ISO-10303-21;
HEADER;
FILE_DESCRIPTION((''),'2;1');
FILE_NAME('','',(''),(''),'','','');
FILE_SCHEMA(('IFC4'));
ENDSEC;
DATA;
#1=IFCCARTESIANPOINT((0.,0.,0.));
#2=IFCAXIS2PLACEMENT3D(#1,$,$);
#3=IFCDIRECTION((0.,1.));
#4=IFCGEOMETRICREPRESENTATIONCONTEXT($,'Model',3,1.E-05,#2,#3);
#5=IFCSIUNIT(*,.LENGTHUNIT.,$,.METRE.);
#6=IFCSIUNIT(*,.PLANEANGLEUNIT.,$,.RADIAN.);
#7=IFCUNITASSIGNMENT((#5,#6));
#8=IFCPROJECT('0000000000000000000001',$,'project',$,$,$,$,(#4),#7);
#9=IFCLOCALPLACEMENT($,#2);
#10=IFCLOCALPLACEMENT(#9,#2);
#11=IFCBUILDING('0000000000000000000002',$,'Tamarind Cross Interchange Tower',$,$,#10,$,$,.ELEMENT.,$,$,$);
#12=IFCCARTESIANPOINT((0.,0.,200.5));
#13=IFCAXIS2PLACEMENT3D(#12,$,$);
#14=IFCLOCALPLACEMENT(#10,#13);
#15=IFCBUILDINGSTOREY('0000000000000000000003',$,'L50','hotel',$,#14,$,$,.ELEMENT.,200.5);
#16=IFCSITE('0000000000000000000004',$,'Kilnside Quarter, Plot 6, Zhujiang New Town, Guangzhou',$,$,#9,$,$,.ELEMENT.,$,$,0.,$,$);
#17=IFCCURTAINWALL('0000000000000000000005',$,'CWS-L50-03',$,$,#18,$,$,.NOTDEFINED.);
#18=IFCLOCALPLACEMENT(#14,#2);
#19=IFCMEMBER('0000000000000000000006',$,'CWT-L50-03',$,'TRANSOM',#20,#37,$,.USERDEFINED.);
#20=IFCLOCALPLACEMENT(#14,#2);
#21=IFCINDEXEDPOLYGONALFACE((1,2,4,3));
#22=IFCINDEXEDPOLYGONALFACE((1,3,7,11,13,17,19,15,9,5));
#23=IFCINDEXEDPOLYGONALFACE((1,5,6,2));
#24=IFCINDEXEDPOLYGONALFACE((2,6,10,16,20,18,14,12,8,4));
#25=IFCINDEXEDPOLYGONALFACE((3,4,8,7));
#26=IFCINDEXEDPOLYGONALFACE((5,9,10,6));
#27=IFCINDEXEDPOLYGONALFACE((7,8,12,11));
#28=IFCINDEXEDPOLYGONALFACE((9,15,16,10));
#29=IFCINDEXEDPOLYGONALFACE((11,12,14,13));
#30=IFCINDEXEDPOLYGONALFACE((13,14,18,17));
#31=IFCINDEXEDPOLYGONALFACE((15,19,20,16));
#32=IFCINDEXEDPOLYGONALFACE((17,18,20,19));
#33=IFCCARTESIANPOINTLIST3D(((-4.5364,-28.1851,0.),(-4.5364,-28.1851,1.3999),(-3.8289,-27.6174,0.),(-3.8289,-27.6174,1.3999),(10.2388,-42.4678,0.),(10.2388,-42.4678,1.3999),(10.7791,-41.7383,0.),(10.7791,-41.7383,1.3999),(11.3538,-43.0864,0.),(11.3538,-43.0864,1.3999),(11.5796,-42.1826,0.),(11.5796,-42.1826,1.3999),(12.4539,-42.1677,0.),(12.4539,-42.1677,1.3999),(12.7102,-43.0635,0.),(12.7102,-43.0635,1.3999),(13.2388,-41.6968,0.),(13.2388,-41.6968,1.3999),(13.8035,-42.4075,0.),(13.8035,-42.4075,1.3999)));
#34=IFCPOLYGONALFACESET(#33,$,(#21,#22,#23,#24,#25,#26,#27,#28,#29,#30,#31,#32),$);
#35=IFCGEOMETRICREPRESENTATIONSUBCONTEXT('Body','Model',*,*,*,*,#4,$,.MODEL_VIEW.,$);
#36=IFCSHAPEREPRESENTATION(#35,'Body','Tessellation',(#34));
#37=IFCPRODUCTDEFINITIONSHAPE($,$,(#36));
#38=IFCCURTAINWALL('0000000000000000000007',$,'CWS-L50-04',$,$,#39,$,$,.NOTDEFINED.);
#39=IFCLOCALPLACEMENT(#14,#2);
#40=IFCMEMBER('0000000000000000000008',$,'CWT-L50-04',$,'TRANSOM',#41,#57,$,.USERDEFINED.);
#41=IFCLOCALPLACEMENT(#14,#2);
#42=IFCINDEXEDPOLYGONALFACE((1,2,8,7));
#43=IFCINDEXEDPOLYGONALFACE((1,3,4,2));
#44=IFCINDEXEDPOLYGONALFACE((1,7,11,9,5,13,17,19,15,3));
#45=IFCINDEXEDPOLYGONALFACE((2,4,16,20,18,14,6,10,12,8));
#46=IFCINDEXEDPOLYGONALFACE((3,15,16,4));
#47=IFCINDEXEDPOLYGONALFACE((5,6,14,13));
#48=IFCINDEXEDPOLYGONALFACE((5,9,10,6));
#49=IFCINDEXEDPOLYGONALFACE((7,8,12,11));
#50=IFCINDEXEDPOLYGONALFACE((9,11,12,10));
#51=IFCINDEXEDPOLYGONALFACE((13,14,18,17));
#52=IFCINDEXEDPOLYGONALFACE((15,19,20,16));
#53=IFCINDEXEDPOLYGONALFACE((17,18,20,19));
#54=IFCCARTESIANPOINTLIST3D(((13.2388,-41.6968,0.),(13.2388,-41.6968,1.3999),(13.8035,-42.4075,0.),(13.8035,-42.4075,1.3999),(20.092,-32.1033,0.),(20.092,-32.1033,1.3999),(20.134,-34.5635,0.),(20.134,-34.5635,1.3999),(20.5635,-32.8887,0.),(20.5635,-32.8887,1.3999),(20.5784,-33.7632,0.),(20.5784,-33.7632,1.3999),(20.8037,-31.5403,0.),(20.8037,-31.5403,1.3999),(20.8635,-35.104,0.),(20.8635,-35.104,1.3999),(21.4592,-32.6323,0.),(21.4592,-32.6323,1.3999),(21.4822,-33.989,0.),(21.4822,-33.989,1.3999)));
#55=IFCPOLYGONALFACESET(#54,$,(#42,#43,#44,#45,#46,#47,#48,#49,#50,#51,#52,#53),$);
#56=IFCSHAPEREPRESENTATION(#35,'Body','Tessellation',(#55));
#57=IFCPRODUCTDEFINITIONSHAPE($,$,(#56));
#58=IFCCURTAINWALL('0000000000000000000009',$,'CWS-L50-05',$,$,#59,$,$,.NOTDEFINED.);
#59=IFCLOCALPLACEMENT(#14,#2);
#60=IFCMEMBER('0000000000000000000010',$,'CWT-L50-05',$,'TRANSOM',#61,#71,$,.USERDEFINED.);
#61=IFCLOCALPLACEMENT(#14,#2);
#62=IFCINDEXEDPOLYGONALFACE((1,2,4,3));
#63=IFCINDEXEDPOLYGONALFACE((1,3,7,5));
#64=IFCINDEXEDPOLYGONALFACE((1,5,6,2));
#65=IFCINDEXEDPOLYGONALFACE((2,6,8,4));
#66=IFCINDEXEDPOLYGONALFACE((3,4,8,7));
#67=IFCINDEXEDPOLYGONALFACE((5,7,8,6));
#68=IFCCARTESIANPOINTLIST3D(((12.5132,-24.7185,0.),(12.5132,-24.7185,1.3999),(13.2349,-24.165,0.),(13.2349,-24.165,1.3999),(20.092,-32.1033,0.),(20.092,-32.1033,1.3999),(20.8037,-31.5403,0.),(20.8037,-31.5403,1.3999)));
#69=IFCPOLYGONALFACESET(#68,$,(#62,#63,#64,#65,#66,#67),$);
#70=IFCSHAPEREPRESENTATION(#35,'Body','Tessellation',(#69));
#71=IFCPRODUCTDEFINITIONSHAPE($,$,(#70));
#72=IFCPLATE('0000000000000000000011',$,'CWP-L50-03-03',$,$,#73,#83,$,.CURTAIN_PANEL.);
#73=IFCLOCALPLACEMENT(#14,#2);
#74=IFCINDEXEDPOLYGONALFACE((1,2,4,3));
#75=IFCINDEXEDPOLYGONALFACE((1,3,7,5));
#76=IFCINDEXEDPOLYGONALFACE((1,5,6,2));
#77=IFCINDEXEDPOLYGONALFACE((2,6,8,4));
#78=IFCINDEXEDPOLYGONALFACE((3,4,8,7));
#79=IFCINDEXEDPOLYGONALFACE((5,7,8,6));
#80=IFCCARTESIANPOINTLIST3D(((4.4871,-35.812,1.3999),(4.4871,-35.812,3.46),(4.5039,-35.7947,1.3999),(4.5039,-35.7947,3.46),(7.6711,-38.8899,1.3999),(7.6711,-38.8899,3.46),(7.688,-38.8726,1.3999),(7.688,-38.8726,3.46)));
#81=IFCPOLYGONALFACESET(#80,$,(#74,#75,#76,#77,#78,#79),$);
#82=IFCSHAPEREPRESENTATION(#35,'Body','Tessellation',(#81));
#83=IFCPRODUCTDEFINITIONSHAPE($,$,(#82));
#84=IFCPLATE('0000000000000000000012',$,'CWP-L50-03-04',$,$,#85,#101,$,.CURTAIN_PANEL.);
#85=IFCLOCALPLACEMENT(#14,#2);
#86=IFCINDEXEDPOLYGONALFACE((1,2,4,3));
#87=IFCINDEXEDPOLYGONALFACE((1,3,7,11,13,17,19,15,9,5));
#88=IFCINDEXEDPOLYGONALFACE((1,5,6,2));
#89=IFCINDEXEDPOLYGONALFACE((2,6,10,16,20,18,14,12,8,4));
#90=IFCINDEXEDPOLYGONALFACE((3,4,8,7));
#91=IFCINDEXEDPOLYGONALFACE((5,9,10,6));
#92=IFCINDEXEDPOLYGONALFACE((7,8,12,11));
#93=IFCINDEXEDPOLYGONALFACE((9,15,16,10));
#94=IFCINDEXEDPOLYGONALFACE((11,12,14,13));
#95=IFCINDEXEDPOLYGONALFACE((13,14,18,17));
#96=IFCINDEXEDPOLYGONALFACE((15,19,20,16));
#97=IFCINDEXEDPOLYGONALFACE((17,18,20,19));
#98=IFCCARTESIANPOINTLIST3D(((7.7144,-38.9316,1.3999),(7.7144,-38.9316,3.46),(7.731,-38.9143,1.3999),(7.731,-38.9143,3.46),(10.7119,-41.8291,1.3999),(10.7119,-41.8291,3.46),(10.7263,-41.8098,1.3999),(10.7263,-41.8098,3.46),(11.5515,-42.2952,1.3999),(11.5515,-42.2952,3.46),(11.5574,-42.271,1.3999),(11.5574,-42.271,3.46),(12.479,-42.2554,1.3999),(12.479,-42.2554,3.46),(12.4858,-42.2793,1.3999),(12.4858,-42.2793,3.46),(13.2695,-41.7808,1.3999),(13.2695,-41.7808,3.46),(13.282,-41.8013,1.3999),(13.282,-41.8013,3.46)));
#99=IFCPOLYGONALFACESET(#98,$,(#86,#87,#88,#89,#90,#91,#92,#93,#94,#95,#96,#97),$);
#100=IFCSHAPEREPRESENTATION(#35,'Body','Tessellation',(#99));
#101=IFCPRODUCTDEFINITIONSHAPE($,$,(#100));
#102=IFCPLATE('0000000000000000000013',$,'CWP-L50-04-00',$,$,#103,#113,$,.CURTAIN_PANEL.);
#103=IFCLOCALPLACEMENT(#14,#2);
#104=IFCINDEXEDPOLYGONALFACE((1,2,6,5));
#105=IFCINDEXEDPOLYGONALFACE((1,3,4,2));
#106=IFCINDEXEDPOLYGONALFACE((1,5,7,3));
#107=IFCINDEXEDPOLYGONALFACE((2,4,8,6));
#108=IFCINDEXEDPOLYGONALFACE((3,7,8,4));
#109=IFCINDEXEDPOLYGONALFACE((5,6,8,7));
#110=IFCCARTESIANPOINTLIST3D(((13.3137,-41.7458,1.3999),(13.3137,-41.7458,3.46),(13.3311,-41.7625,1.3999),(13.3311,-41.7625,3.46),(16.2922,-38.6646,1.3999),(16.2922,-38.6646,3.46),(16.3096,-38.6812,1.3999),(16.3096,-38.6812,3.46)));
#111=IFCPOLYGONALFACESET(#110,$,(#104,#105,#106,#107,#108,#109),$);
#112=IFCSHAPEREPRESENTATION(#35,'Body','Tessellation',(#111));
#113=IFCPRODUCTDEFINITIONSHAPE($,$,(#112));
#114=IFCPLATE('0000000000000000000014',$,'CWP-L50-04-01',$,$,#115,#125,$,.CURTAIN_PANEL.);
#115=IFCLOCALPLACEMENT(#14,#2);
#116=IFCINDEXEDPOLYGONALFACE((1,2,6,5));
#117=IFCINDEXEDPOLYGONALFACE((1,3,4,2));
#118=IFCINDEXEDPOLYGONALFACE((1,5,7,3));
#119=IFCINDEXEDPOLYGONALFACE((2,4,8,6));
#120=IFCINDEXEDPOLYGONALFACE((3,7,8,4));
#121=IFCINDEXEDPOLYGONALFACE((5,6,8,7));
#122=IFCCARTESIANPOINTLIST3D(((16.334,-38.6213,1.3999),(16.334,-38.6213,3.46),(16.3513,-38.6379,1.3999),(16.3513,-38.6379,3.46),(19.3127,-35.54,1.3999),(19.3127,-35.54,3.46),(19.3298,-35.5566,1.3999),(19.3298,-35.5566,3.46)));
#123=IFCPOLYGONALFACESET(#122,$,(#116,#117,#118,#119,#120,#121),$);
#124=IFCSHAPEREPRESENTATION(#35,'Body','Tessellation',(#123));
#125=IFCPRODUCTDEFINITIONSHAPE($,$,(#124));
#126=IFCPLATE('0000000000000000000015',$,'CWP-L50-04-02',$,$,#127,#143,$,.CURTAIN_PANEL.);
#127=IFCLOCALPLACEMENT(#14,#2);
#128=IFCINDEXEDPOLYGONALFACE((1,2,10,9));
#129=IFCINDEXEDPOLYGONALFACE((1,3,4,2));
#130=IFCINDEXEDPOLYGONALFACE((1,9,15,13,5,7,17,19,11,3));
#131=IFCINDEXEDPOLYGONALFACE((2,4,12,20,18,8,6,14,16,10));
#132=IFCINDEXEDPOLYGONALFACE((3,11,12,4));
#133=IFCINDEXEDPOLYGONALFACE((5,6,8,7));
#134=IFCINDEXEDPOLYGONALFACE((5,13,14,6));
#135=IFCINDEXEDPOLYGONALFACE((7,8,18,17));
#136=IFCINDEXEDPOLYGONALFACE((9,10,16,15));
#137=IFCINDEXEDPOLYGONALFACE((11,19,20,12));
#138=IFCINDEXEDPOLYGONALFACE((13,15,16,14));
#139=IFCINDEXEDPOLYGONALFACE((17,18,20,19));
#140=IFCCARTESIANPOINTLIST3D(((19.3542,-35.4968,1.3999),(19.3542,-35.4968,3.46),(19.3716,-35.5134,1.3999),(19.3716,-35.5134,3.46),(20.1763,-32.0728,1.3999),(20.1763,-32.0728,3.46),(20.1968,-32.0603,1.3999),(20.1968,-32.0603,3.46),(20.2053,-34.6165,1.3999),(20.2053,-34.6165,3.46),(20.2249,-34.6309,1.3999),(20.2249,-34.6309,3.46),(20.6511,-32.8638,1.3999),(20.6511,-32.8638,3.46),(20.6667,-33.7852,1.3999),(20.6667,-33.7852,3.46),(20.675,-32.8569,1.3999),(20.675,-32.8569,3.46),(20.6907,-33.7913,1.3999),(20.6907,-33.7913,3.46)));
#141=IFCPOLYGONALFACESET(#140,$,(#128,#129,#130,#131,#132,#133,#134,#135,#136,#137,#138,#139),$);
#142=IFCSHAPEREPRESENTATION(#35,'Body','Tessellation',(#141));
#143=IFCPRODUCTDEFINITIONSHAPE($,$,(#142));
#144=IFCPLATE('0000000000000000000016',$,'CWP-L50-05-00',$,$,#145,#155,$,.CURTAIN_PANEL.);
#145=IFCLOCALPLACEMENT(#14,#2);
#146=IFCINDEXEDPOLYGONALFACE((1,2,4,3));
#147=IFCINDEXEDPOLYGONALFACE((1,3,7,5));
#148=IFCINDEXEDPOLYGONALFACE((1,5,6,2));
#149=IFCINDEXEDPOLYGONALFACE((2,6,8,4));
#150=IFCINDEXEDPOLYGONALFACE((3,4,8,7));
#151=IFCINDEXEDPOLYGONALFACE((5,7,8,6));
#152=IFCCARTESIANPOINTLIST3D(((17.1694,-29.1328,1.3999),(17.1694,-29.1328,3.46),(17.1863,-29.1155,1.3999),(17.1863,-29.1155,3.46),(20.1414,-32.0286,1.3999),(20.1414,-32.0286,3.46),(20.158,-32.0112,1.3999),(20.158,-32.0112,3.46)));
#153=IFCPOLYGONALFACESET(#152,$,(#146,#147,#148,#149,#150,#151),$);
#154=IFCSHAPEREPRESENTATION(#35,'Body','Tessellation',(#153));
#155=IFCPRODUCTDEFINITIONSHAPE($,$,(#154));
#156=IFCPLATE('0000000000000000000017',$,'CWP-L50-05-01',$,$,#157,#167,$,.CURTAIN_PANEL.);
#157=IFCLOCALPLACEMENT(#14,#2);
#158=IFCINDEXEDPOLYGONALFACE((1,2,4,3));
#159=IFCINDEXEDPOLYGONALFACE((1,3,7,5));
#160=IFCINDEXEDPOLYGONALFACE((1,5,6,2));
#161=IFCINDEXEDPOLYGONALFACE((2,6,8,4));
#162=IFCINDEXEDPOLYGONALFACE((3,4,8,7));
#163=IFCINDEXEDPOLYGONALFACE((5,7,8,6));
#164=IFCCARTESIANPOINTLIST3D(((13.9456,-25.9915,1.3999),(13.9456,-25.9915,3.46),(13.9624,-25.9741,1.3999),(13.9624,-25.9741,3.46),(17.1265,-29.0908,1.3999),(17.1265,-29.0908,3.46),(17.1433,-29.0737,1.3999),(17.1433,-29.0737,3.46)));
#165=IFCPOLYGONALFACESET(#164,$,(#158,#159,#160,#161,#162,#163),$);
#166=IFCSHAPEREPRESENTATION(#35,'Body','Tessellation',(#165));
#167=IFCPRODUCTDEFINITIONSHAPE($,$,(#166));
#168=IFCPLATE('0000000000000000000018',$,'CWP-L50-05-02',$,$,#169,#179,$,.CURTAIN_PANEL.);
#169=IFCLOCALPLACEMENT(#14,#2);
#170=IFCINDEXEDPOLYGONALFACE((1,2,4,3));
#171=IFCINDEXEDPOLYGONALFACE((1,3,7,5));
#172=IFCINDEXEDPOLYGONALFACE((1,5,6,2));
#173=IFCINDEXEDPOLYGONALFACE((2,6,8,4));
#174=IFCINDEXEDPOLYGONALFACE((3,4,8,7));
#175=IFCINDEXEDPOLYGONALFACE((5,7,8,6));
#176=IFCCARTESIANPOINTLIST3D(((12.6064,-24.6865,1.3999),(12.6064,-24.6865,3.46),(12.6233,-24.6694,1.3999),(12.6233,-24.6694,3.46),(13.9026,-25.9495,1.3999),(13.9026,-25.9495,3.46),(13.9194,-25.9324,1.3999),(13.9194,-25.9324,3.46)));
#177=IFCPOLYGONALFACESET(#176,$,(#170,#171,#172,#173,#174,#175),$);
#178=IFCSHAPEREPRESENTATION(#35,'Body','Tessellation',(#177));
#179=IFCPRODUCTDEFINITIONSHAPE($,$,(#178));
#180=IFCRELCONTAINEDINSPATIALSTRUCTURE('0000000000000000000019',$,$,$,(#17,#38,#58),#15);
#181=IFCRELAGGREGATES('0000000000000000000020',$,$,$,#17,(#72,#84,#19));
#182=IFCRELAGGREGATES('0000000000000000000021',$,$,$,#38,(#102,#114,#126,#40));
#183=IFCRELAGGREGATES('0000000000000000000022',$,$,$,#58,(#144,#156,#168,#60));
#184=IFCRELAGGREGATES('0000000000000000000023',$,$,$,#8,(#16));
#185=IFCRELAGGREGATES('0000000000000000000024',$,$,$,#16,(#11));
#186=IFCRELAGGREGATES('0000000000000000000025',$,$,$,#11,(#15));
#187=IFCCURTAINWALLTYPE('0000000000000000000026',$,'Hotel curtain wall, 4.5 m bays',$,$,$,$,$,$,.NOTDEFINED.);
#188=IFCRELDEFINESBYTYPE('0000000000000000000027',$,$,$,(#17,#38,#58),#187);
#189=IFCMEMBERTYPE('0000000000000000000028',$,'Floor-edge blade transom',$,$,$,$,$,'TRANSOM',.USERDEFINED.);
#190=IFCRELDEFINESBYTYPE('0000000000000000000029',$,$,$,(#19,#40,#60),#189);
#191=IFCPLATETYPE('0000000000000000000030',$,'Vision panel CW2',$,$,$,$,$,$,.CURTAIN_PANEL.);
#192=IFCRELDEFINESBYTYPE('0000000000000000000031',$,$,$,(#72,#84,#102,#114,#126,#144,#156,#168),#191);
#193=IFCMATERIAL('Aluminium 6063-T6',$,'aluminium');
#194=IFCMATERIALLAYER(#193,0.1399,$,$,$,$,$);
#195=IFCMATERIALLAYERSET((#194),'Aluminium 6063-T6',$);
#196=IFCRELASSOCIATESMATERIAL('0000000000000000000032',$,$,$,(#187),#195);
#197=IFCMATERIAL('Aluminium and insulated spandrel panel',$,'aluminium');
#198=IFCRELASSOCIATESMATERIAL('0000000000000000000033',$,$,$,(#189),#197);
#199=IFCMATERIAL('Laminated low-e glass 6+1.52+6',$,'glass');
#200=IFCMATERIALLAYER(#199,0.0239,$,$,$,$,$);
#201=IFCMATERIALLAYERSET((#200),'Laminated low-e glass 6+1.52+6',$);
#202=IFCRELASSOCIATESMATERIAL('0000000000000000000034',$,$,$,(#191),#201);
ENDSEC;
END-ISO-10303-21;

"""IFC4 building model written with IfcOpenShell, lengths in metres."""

from ifc_helpers import new_model, si_unit, direction, frame, origin, place, context, subcontext, project, spatial, polyline, outline, extrude, material, layer, layer_set, type_object, element, aggregate, save


model = new_model("IFC4")

# Units and contexts
model_context = context("Model", 3, precision=1e-05, world=origin(), true_north=direction((0.0, 1.0)))
body_context = subcontext(model_context, "Body", "Model", "MODEL_VIEW")
ifc_project = project(units=[si_unit("LENGTHUNIT", "METRE"), si_unit("PLANEANGLEUNIT", "RADIAN")], contexts=[model_context])

# Site, building, storey
site_placement = place(None, origin())
site = spatial("IfcSite", under=ifc_project, at=site_placement, Name="Kilnside Quarter, Plot 6, Zhujiang New Town, Guangzhou", CompositionType="ELEMENT", RefElevation=0.0)
building_placement = place(site_placement, origin())
building = spatial("IfcBuilding", under=site, at=building_placement, Name="Tamarind Cross Interchange Tower", CompositionType="ELEMENT")
storey_placement = place(building_placement, frame((0.0, 0.0, 200.5)))
storey = spatial("IfcBuildingStorey", under=building, at=storey_placement, Name="L50", Description="hotel", CompositionType="ELEMENT", Elevation=200.5)

# Curtain walls, members
ifc_material_1 = material(Name="Aluminium 6063-T6", Category="aluminium")
ifc_layer_1 = layer(ifc_material_1, 0.1399)
ifc_layer_set_1 = layer_set([ifc_layer_1], Name="Aluminium 6063-T6")
curtain_wall_type = type_object("IfcCurtainWallType", Name="Hotel curtain wall, 4.5 m bays", PredefinedType="NOTDEFINED", material=ifc_layer_set_1)
curtain_wall_1_placement = place(storey_placement, origin())
curtain_wall_1 = element("IfcCurtainWall", 1, at=curtain_wall_1_placement, inside=storey, type_object=curtain_wall_type, Name="CWS-L50-03", PredefinedType="NOTDEFINED")
ifc_material_2 = material(Name="Aluminium and insulated spandrel panel", Category="aluminium")
member_type = type_object("IfcMemberType", Name="Floor-edge blade transom", ElementType="TRANSOM", PredefinedType="USERDEFINED", material=ifc_material_2)
member_1_placement = place(storey_placement, origin())
member_1 = element("IfcMember", 2, at=member_1_placement, type_object=member_type, Name="CWT-L50-03", ObjectType="TRANSOM", PredefinedType="USERDEFINED", context=body_context, shape_type="SweptSolid", body=[
    extrude(outline(polyline([(-3.8289, -27.6174), (10.7791, -41.7383), (11.5796, -42.1826), (12.4539, -42.1677), (13.2388, -41.6968), (13.8035, -42.4075), (12.7102, -43.0635), (11.3538, -43.0864), (10.2388, -42.4678), (-4.5364, -28.1851), (-3.8289, -27.6174)])), origin(), (0.0, 0.0, 1.0), 1.3999),
])
curtain_wall_2_placement = place(storey_placement, origin())
curtain_wall_2 = element("IfcCurtainWall", 3, at=curtain_wall_2_placement, inside=storey, type_object=curtain_wall_type, Name="CWS-L50-04", PredefinedType="NOTDEFINED")
member_2_placement = place(storey_placement, origin())
member_2 = element("IfcMember", 4, at=member_2_placement, type_object=member_type, Name="CWT-L50-04", ObjectType="TRANSOM", PredefinedType="USERDEFINED", context=body_context, shape_type="SweptSolid", body=[
    extrude(outline(polyline([(13.2388, -41.6968), (20.134, -34.5635), (20.5784, -33.7632), (20.5635, -32.8887), (20.092, -32.1033), (20.8037, -31.5403), (21.4592, -32.6323), (21.4822, -33.989), (20.8635, -35.104), (13.8035, -42.4075), (13.2388, -41.6968)])), origin(), (0.0, 0.0, 1.0), 1.3999),
])
curtain_wall_3_placement = place(storey_placement, origin())
curtain_wall_3 = element("IfcCurtainWall", 5, at=curtain_wall_3_placement, inside=storey, type_object=curtain_wall_type, Name="CWS-L50-05", PredefinedType="NOTDEFINED")
member_3_placement = place(storey_placement, origin())
member_3 = element("IfcMember", 6, at=member_3_placement, type_object=member_type, Name="CWT-L50-05", ObjectType="TRANSOM", PredefinedType="USERDEFINED", context=body_context, shape_type="SweptSolid", body=[
    extrude(outline(polyline([(20.092, -32.1033), (12.5132, -24.7185), (13.2349, -24.165), (20.8037, -31.5403), (20.092, -32.1033)])), origin(), (0.0, 0.0, 1.0), 1.3999),
])

# Plates
ifc_material_3 = material(Name="Laminated low-e glass 6+1.52+6", Category="glass")
ifc_layer_2 = layer(ifc_material_3, 0.0239)
ifc_layer_set_2 = layer_set([ifc_layer_2], Name="Laminated low-e glass 6+1.52+6")
plate_type = type_object("IfcPlateType", Name="Vision panel CW2", PredefinedType="CURTAIN_PANEL", material=ifc_layer_set_2)
plate_1_placement = place(storey_placement, frame((0.0, 0.0, 1.3999)))
plate_1 = element("IfcPlate", 7, at=plate_1_placement, type_object=plate_type, Name="CWP-L50-03-03", PredefinedType="CURTAIN_PANEL", context=body_context, shape_type="SweptSolid", body=[
    extrude(outline(polyline([(4.5039, -35.7947), (7.688, -38.8726), (7.6711, -38.8899), (4.4871, -35.812), (4.5039, -35.7947)])), origin(), (0.0, 0.0, 1.0), 2.0601),
])
plate_2_placement = place(storey_placement, frame((0.0, 0.0, 1.3999)))
plate_2 = element("IfcPlate", 8, at=plate_2_placement, type_object=plate_type, Name="CWP-L50-03-04", PredefinedType="CURTAIN_PANEL", context=body_context, shape_type="SweptSolid", body=[
    extrude(outline(polyline([(7.731, -38.9143), (10.7263, -41.8098), (11.5574, -42.271), (12.479, -42.2554), (13.2695, -41.7808), (13.282, -41.8013), (12.4858, -42.2793), (11.5515, -42.2952), (10.7119, -41.8291), (7.7144, -38.9316), (7.731, -38.9143)])), origin(), (0.0, 0.0, 1.0), 2.0601),
])
aggregate(curtain_wall_1, [plate_1, plate_2, member_1])
plate_3_placement = place(storey_placement, frame((0.0, 0.0, 1.3999)))
plate_3 = element("IfcPlate", 9, at=plate_3_placement, type_object=plate_type, Name="CWP-L50-04-00", PredefinedType="CURTAIN_PANEL", context=body_context, shape_type="SweptSolid", body=[
    extrude(outline(polyline([(13.3137, -41.7458), (16.2922, -38.6646), (16.3096, -38.6812), (13.3311, -41.7625), (13.3137, -41.7458)])), origin(), (0.0, 0.0, 1.0), 2.0601),
])
plate_4_placement = place(storey_placement, frame((0.0, 0.0, 1.3999)))
plate_4 = element("IfcPlate", 10, at=plate_4_placement, type_object=plate_type, Name="CWP-L50-04-01", PredefinedType="CURTAIN_PANEL", context=body_context, shape_type="SweptSolid", body=[
    extrude(outline(polyline([(16.334, -38.6213), (19.3127, -35.54), (19.3298, -35.5566), (16.3513, -38.6379), (16.334, -38.6213)])), origin(), (0.0, 0.0, 1.0), 2.0601),
])
plate_5_placement = place(storey_placement, frame((0.0, 0.0, 1.3999)))
plate_5 = element("IfcPlate", 11, at=plate_5_placement, type_object=plate_type, Name="CWP-L50-04-02", PredefinedType="CURTAIN_PANEL", context=body_context, shape_type="SweptSolid", body=[
    extrude(outline(polyline([(19.3542, -35.4968), (20.2053, -34.6165), (20.6667, -33.7852), (20.6511, -32.8638), (20.1763, -32.0728), (20.1968, -32.0603), (20.675, -32.8569), (20.6907, -33.7913), (20.2249, -34.6309), (19.3716, -35.5134), (19.3542, -35.4968)])), origin(), (0.0, 0.0, 1.0), 2.0601),
])
aggregate(curtain_wall_2, [plate_3, plate_4, plate_5, member_2])
plate_6_placement = place(storey_placement, frame((0.0, 0.0, 1.3999)))
plate_6 = element("IfcPlate", 12, at=plate_6_placement, type_object=plate_type, Name="CWP-L50-05-00", PredefinedType="CURTAIN_PANEL", context=body_context, shape_type="SweptSolid", body=[
    extrude(outline(polyline([(20.1414, -32.0286), (17.1694, -29.1328), (17.1863, -29.1155), (20.158, -32.0112), (20.1414, -32.0286)])), origin(), (0.0, 0.0, 1.0), 2.0601),
])
plate_7_placement = place(storey_placement, frame((0.0, 0.0, 1.3999)))
plate_7 = element("IfcPlate", 13, at=plate_7_placement, type_object=plate_type, Name="CWP-L50-05-01", PredefinedType="CURTAIN_PANEL", context=body_context, shape_type="SweptSolid", body=[
    extrude(outline(polyline([(17.1265, -29.0908), (13.9456, -25.9915), (13.9624, -25.9741), (17.1433, -29.0737), (17.1265, -29.0908)])), origin(), (0.0, 0.0, 1.0), 2.0601),
])
plate_8_placement = place(storey_placement, frame((0.0, 0.0, 1.3999)))
plate_8 = element("IfcPlate", 14, at=plate_8_placement, type_object=plate_type, Name="CWP-L50-05-02", PredefinedType="CURTAIN_PANEL", context=body_context, shape_type="SweptSolid", body=[
    extrude(outline(polyline([(13.9026, -25.9495), (12.6064, -24.6865), (12.6233, -24.6694), (13.9194, -25.9324), (13.9026, -25.9495)])), origin(), (0.0, 0.0, 1.0), 2.0601),
])
aggregate(curtain_wall_3, [plate_6, plate_7, plate_8, member_3])

save(model, "model.ifc")
